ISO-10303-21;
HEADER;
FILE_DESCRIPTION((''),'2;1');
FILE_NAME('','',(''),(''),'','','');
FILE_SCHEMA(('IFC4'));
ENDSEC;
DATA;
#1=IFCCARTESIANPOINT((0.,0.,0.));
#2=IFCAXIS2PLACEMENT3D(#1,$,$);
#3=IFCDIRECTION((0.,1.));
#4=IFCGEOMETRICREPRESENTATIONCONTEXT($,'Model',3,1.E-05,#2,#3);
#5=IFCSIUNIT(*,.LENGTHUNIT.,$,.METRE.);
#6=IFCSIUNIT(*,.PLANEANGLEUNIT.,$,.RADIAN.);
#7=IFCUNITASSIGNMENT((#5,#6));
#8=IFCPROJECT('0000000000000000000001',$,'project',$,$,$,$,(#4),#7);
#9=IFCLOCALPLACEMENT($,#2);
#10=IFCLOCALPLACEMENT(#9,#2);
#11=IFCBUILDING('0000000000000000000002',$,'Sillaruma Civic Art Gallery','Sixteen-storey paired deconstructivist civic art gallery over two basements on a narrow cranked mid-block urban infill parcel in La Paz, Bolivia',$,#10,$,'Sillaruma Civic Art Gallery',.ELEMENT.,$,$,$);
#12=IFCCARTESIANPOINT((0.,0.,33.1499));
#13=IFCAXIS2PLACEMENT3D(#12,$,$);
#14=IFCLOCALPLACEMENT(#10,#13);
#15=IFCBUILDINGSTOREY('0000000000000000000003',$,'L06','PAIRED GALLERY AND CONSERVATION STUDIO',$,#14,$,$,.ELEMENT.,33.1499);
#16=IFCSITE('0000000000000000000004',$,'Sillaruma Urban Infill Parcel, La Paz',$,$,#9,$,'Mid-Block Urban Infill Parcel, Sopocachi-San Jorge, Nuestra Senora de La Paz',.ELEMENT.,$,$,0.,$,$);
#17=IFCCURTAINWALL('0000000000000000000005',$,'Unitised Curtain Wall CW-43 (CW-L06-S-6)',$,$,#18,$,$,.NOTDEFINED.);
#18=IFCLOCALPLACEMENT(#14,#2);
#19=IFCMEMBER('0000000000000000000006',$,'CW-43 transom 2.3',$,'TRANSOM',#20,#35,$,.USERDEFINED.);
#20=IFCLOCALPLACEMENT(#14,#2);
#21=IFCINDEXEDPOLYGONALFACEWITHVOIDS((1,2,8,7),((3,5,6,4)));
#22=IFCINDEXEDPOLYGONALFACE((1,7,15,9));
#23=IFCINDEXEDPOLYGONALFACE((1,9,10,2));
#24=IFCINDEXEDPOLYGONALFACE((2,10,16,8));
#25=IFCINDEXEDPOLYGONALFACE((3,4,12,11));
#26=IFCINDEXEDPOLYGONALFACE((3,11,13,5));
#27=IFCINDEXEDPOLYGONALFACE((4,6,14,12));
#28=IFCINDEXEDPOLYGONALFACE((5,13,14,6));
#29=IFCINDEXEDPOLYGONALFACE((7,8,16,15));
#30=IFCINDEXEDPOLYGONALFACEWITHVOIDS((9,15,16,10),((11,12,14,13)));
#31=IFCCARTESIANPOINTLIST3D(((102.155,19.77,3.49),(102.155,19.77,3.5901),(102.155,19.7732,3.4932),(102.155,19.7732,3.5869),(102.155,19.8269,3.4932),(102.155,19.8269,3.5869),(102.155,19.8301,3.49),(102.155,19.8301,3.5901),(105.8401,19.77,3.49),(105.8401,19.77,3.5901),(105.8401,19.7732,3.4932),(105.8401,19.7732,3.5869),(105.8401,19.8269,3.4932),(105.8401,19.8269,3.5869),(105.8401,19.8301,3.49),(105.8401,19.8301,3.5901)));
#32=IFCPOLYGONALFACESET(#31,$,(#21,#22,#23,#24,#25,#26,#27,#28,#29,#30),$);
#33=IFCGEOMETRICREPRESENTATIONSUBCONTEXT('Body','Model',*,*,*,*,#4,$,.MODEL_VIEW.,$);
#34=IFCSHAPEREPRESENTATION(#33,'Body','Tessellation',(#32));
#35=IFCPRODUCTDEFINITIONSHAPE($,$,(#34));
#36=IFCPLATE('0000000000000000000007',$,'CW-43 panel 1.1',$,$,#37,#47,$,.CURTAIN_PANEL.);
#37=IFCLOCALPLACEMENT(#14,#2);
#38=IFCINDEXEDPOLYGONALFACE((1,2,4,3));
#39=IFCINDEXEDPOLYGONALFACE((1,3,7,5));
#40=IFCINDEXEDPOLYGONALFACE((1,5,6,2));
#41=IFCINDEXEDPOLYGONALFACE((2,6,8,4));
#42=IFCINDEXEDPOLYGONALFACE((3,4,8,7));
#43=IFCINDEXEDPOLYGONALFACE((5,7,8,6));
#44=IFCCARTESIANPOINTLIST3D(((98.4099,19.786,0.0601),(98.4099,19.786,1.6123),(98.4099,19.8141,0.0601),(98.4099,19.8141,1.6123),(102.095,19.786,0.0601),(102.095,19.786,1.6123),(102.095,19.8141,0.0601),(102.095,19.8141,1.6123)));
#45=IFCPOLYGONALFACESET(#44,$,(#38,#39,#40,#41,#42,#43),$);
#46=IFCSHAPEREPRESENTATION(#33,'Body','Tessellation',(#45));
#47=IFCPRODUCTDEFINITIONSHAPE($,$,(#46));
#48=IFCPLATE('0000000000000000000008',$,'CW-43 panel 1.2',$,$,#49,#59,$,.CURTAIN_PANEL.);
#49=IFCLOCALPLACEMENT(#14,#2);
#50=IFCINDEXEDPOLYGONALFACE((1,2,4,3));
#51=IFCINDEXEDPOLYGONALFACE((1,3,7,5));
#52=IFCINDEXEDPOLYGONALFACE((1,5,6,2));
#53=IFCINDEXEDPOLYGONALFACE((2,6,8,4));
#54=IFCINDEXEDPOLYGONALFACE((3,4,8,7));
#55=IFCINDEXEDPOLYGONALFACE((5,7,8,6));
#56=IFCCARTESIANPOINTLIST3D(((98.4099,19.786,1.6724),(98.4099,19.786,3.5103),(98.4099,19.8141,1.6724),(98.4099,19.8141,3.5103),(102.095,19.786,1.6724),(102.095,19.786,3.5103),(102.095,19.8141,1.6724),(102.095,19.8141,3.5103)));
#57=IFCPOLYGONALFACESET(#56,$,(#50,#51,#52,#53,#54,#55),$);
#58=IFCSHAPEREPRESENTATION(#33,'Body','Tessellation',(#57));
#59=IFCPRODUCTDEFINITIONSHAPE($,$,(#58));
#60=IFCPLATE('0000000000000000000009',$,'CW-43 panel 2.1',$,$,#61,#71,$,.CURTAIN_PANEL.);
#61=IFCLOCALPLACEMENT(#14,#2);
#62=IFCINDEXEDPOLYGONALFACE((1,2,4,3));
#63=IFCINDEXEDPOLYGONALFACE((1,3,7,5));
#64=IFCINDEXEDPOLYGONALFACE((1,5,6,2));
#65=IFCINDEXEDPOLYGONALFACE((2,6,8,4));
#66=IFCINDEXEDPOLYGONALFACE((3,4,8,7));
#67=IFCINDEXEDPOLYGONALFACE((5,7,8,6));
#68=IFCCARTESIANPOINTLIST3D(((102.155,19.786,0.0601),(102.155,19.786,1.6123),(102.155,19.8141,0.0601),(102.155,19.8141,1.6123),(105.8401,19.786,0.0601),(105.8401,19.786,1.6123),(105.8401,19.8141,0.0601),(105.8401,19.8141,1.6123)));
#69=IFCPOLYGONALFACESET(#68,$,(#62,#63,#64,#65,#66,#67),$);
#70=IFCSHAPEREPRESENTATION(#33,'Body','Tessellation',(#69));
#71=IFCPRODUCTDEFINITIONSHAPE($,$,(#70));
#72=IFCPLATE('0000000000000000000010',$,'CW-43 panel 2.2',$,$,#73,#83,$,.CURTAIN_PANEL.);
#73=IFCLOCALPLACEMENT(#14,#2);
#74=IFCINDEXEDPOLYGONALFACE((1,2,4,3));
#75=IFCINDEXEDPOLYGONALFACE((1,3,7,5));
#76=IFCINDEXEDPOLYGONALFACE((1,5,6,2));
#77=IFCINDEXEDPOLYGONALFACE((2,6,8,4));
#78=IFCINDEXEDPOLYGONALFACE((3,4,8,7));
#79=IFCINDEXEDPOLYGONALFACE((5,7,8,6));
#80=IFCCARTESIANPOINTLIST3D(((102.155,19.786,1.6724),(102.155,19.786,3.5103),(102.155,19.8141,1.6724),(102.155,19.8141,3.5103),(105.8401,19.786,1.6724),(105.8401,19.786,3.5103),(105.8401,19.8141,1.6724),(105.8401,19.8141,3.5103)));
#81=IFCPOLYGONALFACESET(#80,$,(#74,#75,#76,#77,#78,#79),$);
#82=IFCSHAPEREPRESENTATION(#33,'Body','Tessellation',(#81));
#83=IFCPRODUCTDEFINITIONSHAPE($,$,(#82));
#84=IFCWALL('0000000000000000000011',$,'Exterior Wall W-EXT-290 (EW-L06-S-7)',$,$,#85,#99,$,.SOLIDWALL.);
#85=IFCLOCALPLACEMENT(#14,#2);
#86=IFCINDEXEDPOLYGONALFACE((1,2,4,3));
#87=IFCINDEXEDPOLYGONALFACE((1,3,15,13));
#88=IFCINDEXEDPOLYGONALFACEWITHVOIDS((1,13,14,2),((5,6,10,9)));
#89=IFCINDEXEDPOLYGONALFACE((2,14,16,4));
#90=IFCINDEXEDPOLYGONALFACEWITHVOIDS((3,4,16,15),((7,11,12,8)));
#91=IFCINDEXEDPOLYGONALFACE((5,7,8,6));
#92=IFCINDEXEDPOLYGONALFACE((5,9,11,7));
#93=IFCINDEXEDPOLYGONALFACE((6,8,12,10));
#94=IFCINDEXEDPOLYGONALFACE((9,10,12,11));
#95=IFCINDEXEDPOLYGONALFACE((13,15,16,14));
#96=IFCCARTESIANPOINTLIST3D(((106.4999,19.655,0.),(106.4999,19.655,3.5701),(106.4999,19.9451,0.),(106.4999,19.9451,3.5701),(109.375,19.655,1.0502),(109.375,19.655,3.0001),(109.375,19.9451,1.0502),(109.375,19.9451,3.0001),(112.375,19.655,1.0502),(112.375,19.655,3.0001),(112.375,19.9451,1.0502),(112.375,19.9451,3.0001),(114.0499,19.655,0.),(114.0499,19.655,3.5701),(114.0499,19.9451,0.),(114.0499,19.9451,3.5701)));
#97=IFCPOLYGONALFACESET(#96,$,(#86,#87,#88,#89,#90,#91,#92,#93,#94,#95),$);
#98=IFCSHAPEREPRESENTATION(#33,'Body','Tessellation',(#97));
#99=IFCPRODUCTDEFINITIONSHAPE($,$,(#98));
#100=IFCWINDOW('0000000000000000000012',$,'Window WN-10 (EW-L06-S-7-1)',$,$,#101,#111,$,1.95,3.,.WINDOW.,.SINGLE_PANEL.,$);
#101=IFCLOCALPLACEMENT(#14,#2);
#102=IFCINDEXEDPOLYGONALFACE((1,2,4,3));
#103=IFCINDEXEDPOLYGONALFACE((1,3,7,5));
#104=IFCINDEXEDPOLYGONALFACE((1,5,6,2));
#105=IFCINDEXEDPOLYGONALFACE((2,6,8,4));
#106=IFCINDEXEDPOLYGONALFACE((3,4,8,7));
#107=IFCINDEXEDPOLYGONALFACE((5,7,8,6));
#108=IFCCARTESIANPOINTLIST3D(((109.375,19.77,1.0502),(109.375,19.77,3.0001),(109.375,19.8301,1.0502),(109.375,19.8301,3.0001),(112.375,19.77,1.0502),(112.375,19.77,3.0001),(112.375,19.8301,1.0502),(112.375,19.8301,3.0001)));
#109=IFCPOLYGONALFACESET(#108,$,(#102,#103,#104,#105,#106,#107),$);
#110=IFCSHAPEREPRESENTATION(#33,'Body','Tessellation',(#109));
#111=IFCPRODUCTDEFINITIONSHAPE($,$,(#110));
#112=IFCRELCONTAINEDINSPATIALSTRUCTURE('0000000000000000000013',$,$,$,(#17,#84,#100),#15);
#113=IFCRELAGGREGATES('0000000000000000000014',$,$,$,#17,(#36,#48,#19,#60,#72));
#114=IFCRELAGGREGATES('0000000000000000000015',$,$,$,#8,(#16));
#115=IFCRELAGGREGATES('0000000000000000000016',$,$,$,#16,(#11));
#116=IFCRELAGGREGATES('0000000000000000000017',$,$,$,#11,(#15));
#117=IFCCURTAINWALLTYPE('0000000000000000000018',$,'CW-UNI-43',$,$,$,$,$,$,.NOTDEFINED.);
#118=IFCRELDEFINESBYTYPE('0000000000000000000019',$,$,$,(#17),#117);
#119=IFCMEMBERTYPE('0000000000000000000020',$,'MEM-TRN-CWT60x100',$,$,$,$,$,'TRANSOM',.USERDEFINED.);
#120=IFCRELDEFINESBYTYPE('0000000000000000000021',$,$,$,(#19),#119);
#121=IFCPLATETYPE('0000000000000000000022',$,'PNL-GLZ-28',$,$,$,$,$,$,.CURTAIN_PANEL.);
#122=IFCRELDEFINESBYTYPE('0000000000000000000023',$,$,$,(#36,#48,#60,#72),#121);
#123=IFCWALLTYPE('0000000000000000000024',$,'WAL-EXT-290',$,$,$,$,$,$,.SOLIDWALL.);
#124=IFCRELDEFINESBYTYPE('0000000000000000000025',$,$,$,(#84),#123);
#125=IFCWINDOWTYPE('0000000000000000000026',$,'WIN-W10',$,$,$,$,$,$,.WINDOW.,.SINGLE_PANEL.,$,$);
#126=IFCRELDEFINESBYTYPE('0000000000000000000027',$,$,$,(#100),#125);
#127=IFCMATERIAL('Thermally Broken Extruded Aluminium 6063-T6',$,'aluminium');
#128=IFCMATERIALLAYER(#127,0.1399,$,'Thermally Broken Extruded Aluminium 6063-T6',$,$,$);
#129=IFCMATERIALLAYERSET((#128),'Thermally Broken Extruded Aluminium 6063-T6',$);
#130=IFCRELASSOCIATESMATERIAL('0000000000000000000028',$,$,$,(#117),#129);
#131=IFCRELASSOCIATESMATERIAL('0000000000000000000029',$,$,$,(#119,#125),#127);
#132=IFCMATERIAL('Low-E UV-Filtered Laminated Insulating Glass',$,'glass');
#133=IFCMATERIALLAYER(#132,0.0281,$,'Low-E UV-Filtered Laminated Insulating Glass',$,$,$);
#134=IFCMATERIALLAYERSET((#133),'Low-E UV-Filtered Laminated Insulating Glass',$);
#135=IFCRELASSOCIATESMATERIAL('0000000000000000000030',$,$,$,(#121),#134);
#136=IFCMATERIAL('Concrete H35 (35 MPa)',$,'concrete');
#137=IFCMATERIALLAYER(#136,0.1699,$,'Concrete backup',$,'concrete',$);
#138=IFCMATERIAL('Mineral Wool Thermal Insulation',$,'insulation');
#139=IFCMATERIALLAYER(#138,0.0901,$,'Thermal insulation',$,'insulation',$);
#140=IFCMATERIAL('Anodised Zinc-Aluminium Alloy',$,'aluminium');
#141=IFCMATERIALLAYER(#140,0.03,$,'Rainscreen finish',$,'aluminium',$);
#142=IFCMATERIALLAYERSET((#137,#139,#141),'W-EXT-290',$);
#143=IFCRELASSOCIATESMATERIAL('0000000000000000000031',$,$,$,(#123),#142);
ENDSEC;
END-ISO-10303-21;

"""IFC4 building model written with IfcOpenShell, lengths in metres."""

from ifc_helpers import new_model, si_unit, direction, frame, frame_2d, origin, origin_2d, place, context, subcontext, project, spatial, rectangle, hollow_rectangle, extrude, material, layer, layer_set, material_profile, profile_set, type_object, element, fill, aggregate, save


model = new_model("IFC4")

# Units and contexts
model_context = context("Model", 3, precision=1e-05, world=origin(), true_north=direction((0.0, 1.0)))
body_context = subcontext(model_context, "Body", "Model", "MODEL_VIEW")
ifc_project = project(units=[si_unit("LENGTHUNIT", "METRE"), si_unit("PLANEANGLEUNIT", "RADIAN")], contexts=[model_context])

# Site, building, storey
site_placement = place(None, origin())
site = spatial("IfcSite", under=ifc_project, at=site_placement, Name="Sillaruma Urban Infill Parcel, La Paz", LongName="Mid-Block Urban Infill Parcel, Sopocachi-San Jorge, Nuestra Senora de La Paz", CompositionType="ELEMENT", RefElevation=0.0)
building_placement = place(site_placement, origin())
building = spatial("IfcBuilding", under=site, at=building_placement, Name="Sillaruma Civic Art Gallery", Description="Sixteen-storey paired deconstructivist civic art gallery over two basements on a narrow cranked mid-block urban infill parcel in La Paz, Bolivia", LongName="Sillaruma Civic Art Gallery", CompositionType="ELEMENT")
storey_placement = place(building_placement, frame((0.0, 0.0, 33.1499)))
storey = spatial("IfcBuildingStorey", under=building, at=storey_placement, Name="L06", Description="PAIRED GALLERY AND CONSERVATION STUDIO", CompositionType="ELEMENT", Elevation=33.1499)

# Shared definitions
ifc_material_1 = material(Name="Concrete H35 (35 MPa)", Category="concrete")

# Curtain wall, member, plates
ifc_material_2 = material(Name="Thermally Broken Extruded Aluminium 6063-T6", Category="aluminium")
ifc_layer_1 = layer(ifc_material_2, 0.1399, Name="Thermally Broken Extruded Aluminium 6063-T6")
ifc_layer_set_1 = layer_set([ifc_layer_1], Name="Thermally Broken Extruded Aluminium 6063-T6")
curtain_wall_type = type_object("IfcCurtainWallType", Name="CW-UNI-43", PredefinedType="NOTDEFINED", material=ifc_layer_set_1)
curtain_wall_placement = place(storey_placement, origin())
curtain_wall = element("IfcCurtainWall", 1, at=curtain_wall_placement, inside=storey, type_object=curtain_wall_type, Name="Unitised Curtain Wall CW-43 (CW-L06-S-6)", PredefinedType="NOTDEFINED")
ifc_material_profile_1 = material_profile(ifc_material_2, hollow_rectangle(XDim=0.0601, YDim=0.1001, WallThickness=0.0032, at=origin_2d()), Name="CWT60x100")
ifc_profile_set_1 = profile_set([ifc_material_profile_1], Name="Thermally Broken Extruded Aluminium 6063-T6")
member_type_1 = type_object("IfcMemberType", Name="MEM-TRN-CWT60x100", ElementType="TRANSOM", PredefinedType="USERDEFINED", material=ifc_profile_set_1)
member_1_placement = place(storey_placement, frame((102.155, 19.8, 3.54), z_axis=(1.0, 0.0, 0.0), x_axis=(0.0, 1.0, 0.0)))
member_1 = element("IfcMember", 2, at=member_1_placement, type_object=member_type_1, Name="CW-43 transom 2.3", ObjectType="TRANSOM", PredefinedType="USERDEFINED", context=body_context, shape_type="SweptSolid", body=[
    extrude(hollow_rectangle(XDim=0.0601, YDim=0.1001, WallThickness=0.0032, at=origin_2d()), origin(), (0.0, 0.0, 1.0), 3.6851),
])
ifc_material_3 = material(Name="Low-E UV-Filtered Laminated Insulating Glass", Category="glass")
ifc_layer_2 = layer(ifc_material_3, 0.0281, Name="Low-E UV-Filtered Laminated Insulating Glass")
ifc_layer_set_2 = layer_set([ifc_layer_2], Name="Low-E UV-Filtered Laminated Insulating Glass")
plate_type = type_object("IfcPlateType", Name="PNL-GLZ-28", PredefinedType="CURTAIN_PANEL", material=ifc_layer_set_2)
plate_1_placement = place(storey_placement, frame((100.2524, 19.8, 0.0601), z_axis=(0.0, 0.0, 1.0), x_axis=(1.0, 0.0, 0.0)))
plate_1 = element("IfcPlate", 3, at=plate_1_placement, type_object=plate_type, Name="CW-43 panel 1.1", PredefinedType="CURTAIN_PANEL", context=body_context, shape_type="SweptSolid", body=[
    extrude(rectangle(XDim=3.6851, YDim=0.0281, at=origin_2d()), origin(), (0.0, 0.0, 1.0), 1.5522),
])
plate_2_placement = place(storey_placement, frame((100.2524, 19.8, 1.6724), z_axis=(0.0, 0.0, 1.0), x_axis=(1.0, 0.0, 0.0)))
plate_2 = element("IfcPlate", 4, at=plate_2_placement, type_object=plate_type, Name="CW-43 panel 1.2", PredefinedType="CURTAIN_PANEL", context=body_context, shape_type="SweptSolid", body=[
    extrude(rectangle(XDim=3.6851, YDim=0.0281, at=origin_2d()), origin(), (0.0, 0.0, 1.0), 1.8379),
])
plate_3_placement = place(storey_placement, frame((103.9976, 19.8, 0.0601), z_axis=(0.0, 0.0, 1.0), x_axis=(1.0, 0.0, 0.0)))
plate_3 = element("IfcPlate", 5, at=plate_3_placement, type_object=plate_type, Name="CW-43 panel 2.1", PredefinedType="CURTAIN_PANEL", context=body_context, shape_type="SweptSolid", body=[
    extrude(rectangle(XDim=3.6851, YDim=0.0281, at=origin_2d()), origin(), (0.0, 0.0, 1.0), 1.5522),
])
plate_4_placement = place(storey_placement, frame((103.9976, 19.8, 1.6724), z_axis=(0.0, 0.0, 1.0), x_axis=(1.0, 0.0, 0.0)))
plate_4 = element("IfcPlate", 6, at=plate_4_placement, type_object=plate_type, Name="CW-43 panel 2.2", PredefinedType="CURTAIN_PANEL", context=body_context, shape_type="SweptSolid", body=[
    extrude(rectangle(XDim=3.6851, YDim=0.0281, at=origin_2d()), origin(), (0.0, 0.0, 1.0), 1.8379),
])
aggregate(curtain_wall, [plate_1, plate_2, member_1, plate_3, plate_4])

# Wall, opening, window
ifc_layer_3 = layer(ifc_material_1, 0.1699, Name="Concrete backup", Category="concrete")
ifc_material_4 = material(Name="Mineral Wool Thermal Insulation", Category="insulation")
ifc_layer_4 = layer(ifc_material_4, 0.0901, Name="Thermal insulation", Category="insulation")
ifc_material_5 = material(Name="Anodised Zinc-Aluminium Alloy", Category="aluminium")
ifc_layer_5 = layer(ifc_material_5, 0.03, Name="Rainscreen finish", Category="aluminium")
ifc_layer_set_3 = layer_set([ifc_layer_3, ifc_layer_4, ifc_layer_5], Name="W-EXT-290")
wall_type = type_object("IfcWallType", Name="WAL-EXT-290", PredefinedType="SOLIDWALL", material=ifc_layer_set_3)
wall_placement = place(storey_placement, frame((106.5, 19.8, 0.0), z_axis=(0.0, 0.0, 1.0), x_axis=(1.0, 0.0, 0.0)))
wall = element("IfcWall", 7, at=wall_placement, inside=storey, type_object=wall_type, Name="Exterior Wall W-EXT-290 (EW-L06-S-7)", PredefinedType="SOLIDWALL", context=body_context, shape_type="SweptSolid", body=[
    extrude(rectangle(XDim=7.55, YDim=0.29, at=frame_2d((3.7749, 0.0))), origin(), (0.0, 0.0, 1.0), 3.5701),
])
opening_placement = place(wall_placement, frame((2.875, 0.0, 1.05)))
opening = element("IfcOpeningElement", 8, at=opening_placement, cuts=wall, PredefinedType="OPENING", context=body_context, shape_type="SweptSolid", body=[
    extrude(rectangle(XDim=3.0, YDim=1.95, at=frame_2d((1.5, 0.9751))), frame((0.0, 0.155, 0.0), z_axis=(0.0, -1.0, 0.0), x_axis=(1.0, 0.0, 0.0)), (0.0, 0.0, 1.0), 0.3101),
])
window_type = type_object("IfcWindowType", Name="WIN-W10", PartitioningType="SINGLE_PANEL", PredefinedType="WINDOW", material=ifc_material_2)
window_placement = place(opening_placement, origin())
window = element("IfcWindow", 9, at=window_placement, inside=storey, type_object=window_type, Name="Window WN-10 (EW-L06-S-7-1)", OverallHeight=1.95, OverallWidth=3.0, PartitioningType="SINGLE_PANEL", PredefinedType="WINDOW", context=body_context, shape_type="SweptSolid", body=[
    extrude(rectangle(XDim=3.0, YDim=1.95, at=frame_2d((1.5, 0.9751))), frame((0.0, 0.03, 0.0), z_axis=(0.0, -1.0, 0.0), x_axis=(1.0, 0.0, 0.0)), (0.0, 0.0, 1.0), 0.0601),
])
fill(opening, window)

save(model, "model.ifc")
